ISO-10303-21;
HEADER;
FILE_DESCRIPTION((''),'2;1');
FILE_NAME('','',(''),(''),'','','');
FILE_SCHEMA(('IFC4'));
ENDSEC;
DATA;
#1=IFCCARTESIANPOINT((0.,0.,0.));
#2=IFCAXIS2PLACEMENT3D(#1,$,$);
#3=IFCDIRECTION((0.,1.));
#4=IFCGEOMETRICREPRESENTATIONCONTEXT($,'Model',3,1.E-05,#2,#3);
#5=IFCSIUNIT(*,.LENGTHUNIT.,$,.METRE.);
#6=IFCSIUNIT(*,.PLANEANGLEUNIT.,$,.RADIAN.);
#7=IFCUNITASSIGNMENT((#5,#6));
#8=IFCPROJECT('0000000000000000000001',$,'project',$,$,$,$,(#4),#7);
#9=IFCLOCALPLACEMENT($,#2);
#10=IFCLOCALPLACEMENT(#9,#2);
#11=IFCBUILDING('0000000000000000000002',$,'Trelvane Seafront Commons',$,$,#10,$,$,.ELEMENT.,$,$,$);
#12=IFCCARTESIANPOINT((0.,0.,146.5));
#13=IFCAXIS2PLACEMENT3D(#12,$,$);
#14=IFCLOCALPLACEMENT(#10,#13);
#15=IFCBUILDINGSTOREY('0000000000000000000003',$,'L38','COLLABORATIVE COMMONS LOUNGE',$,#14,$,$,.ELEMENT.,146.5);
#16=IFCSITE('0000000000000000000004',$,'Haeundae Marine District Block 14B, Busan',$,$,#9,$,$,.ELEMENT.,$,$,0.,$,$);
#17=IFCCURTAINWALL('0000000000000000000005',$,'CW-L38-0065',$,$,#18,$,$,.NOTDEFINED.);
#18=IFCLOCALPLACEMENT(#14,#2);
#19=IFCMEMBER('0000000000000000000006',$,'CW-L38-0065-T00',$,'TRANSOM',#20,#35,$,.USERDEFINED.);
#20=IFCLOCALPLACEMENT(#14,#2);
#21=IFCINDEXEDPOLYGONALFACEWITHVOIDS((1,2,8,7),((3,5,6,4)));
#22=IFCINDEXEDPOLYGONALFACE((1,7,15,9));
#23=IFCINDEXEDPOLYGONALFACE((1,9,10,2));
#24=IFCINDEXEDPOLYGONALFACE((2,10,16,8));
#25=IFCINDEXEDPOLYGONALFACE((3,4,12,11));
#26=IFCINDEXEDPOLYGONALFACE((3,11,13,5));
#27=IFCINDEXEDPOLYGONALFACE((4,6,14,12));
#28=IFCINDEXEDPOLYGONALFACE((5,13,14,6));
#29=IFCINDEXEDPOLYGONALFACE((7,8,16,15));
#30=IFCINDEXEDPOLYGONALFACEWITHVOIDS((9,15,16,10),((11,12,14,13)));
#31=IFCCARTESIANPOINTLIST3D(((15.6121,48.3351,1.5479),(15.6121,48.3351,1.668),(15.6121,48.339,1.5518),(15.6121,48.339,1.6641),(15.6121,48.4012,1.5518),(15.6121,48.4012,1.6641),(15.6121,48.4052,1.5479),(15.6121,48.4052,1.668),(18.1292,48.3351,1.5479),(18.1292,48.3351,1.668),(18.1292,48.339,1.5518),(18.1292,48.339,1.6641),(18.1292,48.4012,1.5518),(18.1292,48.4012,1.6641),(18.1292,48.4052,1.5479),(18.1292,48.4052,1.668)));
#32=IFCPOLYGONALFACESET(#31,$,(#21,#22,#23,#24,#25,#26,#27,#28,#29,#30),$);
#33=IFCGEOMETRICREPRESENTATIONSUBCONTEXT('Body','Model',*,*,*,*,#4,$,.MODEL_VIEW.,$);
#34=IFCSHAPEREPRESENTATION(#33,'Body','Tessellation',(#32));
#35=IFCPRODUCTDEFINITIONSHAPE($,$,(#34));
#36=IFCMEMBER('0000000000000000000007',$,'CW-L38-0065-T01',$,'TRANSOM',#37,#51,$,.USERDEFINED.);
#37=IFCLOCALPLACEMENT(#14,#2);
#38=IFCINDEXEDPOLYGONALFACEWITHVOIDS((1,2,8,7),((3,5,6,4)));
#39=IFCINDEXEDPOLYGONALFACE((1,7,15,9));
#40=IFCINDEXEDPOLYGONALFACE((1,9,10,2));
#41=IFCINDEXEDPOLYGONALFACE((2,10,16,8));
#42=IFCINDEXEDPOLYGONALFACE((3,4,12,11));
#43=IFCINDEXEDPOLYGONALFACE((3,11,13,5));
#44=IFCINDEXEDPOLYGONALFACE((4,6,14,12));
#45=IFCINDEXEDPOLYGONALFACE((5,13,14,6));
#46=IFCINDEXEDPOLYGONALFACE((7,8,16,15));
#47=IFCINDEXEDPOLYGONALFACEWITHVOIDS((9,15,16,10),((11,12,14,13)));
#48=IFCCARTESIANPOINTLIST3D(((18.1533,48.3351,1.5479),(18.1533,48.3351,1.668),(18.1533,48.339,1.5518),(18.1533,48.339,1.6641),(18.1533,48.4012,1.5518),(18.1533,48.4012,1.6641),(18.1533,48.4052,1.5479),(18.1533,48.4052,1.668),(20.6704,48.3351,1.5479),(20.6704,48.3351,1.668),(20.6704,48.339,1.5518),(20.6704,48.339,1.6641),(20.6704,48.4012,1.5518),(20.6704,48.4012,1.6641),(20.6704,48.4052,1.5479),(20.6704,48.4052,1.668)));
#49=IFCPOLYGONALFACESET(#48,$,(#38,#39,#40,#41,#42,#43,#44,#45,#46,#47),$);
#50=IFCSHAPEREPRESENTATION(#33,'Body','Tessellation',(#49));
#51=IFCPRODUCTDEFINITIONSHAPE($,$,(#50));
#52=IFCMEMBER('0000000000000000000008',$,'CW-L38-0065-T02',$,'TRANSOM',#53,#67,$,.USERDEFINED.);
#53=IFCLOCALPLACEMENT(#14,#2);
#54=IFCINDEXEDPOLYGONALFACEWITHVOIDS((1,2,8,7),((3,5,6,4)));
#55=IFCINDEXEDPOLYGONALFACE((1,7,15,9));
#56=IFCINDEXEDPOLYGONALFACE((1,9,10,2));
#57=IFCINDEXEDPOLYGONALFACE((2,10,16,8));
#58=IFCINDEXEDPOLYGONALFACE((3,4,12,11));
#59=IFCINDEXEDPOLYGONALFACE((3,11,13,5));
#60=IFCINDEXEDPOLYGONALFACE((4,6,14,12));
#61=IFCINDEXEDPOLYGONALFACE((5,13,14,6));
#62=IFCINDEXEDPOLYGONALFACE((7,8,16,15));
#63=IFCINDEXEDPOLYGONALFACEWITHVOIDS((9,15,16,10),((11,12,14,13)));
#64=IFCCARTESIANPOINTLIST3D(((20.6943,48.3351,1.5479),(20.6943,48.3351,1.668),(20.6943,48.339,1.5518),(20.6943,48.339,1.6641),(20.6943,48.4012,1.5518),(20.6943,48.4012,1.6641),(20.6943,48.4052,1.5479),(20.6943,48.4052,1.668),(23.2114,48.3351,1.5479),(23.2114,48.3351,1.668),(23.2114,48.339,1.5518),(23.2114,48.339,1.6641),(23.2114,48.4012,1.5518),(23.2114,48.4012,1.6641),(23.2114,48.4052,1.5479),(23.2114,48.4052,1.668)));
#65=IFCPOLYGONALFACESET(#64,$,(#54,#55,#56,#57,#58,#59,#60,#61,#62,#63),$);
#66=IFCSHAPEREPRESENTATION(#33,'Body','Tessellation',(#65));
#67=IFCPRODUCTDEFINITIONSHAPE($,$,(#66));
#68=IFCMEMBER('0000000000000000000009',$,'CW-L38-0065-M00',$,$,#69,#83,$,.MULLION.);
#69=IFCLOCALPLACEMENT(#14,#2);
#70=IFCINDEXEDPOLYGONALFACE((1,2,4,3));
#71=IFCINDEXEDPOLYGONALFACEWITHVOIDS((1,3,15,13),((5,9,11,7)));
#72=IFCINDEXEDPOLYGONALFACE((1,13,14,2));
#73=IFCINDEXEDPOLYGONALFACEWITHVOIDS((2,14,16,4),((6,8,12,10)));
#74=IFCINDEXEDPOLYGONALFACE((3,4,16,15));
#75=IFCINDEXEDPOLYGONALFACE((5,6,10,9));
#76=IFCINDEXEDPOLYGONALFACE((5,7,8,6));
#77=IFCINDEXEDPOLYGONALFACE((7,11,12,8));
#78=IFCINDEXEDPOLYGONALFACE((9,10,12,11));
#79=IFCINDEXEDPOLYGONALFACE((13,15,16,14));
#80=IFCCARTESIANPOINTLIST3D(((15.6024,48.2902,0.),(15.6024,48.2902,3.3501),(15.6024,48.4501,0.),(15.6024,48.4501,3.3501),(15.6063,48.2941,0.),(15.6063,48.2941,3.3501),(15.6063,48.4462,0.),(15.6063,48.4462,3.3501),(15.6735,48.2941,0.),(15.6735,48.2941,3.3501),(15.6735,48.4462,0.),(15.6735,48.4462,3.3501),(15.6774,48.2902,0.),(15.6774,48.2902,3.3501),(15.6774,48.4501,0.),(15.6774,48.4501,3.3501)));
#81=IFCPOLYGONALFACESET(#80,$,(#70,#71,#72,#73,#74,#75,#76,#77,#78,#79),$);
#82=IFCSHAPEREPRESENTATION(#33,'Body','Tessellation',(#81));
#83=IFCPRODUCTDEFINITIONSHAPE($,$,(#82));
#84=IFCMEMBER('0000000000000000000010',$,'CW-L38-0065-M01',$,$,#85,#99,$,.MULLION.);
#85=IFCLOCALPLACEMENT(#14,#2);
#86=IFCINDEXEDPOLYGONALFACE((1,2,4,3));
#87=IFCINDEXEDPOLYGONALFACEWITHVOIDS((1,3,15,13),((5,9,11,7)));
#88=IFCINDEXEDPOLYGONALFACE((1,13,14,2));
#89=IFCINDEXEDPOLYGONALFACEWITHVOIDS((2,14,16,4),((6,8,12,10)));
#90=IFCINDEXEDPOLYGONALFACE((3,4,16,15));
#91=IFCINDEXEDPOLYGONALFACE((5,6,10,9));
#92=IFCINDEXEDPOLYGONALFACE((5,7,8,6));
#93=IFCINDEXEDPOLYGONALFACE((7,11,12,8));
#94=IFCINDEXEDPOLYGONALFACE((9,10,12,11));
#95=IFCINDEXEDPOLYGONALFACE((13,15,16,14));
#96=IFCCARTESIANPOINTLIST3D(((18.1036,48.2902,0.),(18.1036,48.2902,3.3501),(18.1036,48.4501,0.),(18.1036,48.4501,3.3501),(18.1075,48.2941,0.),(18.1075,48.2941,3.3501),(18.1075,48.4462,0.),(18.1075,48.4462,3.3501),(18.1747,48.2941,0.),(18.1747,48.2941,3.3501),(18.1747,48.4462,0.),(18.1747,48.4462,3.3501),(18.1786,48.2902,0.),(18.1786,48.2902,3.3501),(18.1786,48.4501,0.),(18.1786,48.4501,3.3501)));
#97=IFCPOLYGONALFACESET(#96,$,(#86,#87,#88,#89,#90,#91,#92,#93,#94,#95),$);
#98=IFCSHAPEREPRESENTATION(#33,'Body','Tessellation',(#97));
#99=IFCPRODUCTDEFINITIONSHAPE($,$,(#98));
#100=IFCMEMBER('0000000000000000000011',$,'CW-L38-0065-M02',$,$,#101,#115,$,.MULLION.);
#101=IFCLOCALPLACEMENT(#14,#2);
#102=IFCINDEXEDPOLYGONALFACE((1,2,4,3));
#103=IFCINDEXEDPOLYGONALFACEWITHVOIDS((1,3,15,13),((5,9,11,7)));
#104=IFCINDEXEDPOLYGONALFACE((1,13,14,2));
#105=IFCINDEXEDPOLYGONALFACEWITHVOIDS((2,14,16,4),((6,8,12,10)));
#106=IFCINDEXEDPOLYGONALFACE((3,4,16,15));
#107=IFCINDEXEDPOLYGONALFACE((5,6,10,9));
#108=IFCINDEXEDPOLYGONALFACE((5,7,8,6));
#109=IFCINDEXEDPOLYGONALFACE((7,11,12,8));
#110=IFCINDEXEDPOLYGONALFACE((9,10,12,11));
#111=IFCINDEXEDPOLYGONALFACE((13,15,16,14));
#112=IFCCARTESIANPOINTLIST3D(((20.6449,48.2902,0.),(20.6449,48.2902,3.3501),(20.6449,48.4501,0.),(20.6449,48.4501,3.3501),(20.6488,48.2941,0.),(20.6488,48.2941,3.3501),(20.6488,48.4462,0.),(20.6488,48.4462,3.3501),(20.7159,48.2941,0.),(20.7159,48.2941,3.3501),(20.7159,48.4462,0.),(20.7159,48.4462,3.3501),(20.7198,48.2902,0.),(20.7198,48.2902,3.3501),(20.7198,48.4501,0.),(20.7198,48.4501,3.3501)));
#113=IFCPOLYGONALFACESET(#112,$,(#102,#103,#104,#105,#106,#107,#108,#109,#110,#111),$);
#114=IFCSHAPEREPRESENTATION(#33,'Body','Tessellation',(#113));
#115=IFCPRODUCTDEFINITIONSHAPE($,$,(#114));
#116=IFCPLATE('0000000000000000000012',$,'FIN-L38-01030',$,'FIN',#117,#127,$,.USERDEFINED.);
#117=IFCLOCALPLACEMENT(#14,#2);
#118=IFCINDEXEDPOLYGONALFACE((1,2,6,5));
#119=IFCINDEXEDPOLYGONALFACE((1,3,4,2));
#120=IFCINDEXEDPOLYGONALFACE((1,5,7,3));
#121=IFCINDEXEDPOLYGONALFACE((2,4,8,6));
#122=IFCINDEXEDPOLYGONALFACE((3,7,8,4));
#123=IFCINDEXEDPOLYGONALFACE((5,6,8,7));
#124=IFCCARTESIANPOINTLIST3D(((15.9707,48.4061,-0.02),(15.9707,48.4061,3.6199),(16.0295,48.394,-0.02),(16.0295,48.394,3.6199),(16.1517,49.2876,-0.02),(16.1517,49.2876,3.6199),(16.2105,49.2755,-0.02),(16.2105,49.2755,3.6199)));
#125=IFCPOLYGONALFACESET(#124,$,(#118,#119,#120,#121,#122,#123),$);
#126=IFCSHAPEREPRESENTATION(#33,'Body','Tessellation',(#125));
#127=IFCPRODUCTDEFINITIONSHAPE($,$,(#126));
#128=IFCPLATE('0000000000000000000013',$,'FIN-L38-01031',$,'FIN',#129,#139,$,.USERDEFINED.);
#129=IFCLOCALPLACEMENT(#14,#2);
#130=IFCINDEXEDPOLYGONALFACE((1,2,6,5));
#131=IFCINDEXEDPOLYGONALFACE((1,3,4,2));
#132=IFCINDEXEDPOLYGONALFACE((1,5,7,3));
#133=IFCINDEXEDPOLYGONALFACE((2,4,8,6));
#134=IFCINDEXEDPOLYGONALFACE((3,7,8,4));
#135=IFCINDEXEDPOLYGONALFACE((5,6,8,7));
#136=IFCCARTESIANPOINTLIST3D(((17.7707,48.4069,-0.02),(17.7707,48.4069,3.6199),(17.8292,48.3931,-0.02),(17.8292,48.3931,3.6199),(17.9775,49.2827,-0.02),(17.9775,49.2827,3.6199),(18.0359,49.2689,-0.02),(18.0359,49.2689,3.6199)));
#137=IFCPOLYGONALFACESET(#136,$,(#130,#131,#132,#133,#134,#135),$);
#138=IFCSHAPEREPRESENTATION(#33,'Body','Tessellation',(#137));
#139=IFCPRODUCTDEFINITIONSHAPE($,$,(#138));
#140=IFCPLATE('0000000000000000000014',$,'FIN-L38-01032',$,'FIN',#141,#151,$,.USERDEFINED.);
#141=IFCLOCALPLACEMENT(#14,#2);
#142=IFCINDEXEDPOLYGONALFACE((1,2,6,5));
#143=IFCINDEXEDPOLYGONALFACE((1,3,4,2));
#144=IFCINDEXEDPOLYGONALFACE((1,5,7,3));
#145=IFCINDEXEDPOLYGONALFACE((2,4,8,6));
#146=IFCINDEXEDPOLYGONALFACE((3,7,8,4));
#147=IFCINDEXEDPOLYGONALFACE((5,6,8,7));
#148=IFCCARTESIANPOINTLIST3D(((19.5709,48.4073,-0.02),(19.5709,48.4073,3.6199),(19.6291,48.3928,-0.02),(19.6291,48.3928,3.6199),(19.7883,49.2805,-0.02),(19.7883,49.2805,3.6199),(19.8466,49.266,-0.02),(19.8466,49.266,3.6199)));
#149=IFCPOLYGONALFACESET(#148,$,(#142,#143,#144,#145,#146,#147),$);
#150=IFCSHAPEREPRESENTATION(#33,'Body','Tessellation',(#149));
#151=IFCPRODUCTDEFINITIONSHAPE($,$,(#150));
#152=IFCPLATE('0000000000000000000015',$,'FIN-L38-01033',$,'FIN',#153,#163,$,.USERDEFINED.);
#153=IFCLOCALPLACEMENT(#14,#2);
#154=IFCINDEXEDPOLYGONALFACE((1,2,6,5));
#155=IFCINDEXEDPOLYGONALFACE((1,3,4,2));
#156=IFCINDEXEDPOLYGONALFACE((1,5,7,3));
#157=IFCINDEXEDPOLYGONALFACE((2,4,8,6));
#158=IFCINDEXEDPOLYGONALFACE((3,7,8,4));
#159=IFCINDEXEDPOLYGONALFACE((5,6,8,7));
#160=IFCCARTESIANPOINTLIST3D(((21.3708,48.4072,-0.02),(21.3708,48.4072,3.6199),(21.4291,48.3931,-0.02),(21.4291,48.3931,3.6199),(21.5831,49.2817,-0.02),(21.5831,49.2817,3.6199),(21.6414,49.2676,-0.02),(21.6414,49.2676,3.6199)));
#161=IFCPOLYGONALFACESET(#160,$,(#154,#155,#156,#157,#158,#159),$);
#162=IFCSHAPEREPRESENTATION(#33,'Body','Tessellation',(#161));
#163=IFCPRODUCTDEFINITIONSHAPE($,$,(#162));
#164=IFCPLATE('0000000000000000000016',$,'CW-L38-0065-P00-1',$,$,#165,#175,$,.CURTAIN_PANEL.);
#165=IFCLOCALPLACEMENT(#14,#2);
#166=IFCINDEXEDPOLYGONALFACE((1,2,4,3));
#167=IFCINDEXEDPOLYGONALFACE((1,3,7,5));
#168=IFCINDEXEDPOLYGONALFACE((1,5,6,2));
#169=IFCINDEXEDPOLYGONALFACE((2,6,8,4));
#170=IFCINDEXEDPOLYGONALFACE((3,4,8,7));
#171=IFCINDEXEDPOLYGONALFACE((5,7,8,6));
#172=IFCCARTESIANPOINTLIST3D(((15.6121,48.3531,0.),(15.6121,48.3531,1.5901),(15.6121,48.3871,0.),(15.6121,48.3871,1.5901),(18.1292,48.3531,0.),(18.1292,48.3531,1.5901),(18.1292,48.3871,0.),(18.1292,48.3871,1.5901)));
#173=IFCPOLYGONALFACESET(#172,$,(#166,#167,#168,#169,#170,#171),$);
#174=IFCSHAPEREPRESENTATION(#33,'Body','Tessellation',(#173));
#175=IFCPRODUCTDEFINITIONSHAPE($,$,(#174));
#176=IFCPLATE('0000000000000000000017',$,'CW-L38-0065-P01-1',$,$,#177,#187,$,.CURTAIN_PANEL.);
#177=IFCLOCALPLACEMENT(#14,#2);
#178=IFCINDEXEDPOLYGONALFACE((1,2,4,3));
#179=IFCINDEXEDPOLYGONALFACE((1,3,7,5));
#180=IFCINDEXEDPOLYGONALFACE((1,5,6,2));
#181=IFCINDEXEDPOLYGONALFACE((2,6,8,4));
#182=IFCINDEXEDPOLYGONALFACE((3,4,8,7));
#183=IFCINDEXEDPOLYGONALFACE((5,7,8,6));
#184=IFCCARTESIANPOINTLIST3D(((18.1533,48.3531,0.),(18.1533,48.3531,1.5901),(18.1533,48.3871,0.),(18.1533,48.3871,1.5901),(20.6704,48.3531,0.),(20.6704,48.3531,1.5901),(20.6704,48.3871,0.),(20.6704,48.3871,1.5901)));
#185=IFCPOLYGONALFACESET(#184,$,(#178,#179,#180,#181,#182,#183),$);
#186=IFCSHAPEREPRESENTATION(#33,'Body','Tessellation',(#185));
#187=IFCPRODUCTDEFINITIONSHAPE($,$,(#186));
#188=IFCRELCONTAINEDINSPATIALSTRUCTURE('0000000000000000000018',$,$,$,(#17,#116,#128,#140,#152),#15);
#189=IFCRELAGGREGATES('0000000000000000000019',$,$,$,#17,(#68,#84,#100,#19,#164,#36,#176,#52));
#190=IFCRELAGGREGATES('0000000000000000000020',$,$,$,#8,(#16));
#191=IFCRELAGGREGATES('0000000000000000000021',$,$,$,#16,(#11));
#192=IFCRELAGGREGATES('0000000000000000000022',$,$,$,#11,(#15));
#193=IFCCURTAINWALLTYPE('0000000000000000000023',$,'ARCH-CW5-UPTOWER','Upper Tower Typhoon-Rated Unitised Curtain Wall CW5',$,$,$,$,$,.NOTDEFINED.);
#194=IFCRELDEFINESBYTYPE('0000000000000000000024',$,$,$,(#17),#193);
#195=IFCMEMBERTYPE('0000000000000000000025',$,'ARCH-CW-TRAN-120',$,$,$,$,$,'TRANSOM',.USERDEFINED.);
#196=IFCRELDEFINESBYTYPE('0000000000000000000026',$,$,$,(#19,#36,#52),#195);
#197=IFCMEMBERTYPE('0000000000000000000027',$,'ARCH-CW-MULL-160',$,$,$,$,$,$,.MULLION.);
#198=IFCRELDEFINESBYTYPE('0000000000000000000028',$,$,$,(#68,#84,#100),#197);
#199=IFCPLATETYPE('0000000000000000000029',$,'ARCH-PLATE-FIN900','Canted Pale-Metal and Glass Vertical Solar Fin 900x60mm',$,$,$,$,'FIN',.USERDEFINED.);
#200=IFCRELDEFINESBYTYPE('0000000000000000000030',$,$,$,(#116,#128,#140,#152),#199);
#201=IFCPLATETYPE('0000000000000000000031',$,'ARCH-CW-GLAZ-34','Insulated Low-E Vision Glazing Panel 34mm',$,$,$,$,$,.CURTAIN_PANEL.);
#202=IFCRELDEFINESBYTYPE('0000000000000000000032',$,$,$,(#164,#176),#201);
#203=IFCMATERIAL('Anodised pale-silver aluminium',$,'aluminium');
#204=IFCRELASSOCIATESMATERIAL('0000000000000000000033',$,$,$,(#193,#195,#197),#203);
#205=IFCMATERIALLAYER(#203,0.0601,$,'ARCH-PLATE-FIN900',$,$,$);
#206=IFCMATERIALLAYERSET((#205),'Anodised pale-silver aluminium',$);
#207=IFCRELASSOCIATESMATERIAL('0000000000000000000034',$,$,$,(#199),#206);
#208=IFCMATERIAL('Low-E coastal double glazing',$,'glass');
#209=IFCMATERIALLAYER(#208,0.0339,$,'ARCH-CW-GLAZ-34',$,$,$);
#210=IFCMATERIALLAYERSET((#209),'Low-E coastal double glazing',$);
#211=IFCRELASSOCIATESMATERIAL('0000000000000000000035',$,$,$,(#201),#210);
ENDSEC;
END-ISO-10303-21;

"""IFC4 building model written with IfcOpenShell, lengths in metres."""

from ifc_helpers import new_model, si_unit, direction, frame, origin, origin_2d, place, context, subcontext, project, spatial, rectangle, hollow_rectangle, extrude, source, transform, mapped, material, layer, layer_set, material_profile, profile_set, type_object, element, aggregate, save


model = new_model("IFC4")

# Units and contexts
model_context = context("Model", 3, precision=1e-05, world=origin(), true_north=direction((0.0, 1.0)))
body_context = subcontext(model_context, "Body", "Model", "MODEL_VIEW")
ifc_project = project(units=[si_unit("LENGTHUNIT", "METRE"), si_unit("PLANEANGLEUNIT", "RADIAN")], contexts=[model_context])

# Site, building, storey
site_placement = place(None, origin())
site = spatial("IfcSite", under=ifc_project, at=site_placement, Name="Haeundae Marine District Block 14B, Busan", CompositionType="ELEMENT", RefElevation=0.0)
building_placement = place(site_placement, origin())
building = spatial("IfcBuilding", under=site, at=building_placement, Name="Trelvane Seafront Commons", CompositionType="ELEMENT")
storey_placement = place(building_placement, frame((0.0, 0.0, 146.5)))
storey = spatial("IfcBuildingStorey", under=building, at=storey_placement, Name="L38", Description="COLLABORATIVE COMMONS LOUNGE", CompositionType="ELEMENT", Elevation=146.5)

# Curtain wall, members
ifc_material_1 = material(Name="Anodised pale-silver aluminium", Category="aluminium")
curtain_wall_type = type_object("IfcCurtainWallType", Name="ARCH-CW5-UPTOWER", Description="Upper Tower Typhoon-Rated Unitised Curtain Wall CW5", PredefinedType="NOTDEFINED", material=ifc_material_1)
curtain_wall_placement = place(storey_placement, origin())
curtain_wall = element("IfcCurtainWall", 1, at=curtain_wall_placement, inside=storey, type_object=curtain_wall_type, Name="CW-L38-0065", PredefinedType="NOTDEFINED")
ifc_material_profile_1 = material_profile(ifc_material_1, hollow_rectangle(XDim=0.0701, YDim=0.1201, WallThickness=0.0039, at=origin_2d()), Name="TRAN-70x120x4")
ifc_profile_set_1 = profile_set([ifc_material_profile_1], Name="Anodised pale-silver aluminium")
member_type_1 = type_object("IfcMemberType", Name="ARCH-CW-TRAN-120", ElementType="TRANSOM", PredefinedType="USERDEFINED", material=ifc_profile_set_1)
shared_shape_1 = source(origin(), body_context, "Body", "SweptSolid", [
    extrude(hollow_rectangle(XDim=0.0701, YDim=0.1201, WallThickness=0.0039, at=origin_2d()), origin(), (0.0, 0.0, 1.0), 2.5171),
])
member_1_placement = place(storey_placement, frame((15.6121, 48.3701, 1.6079), z_axis=(1.0, 0.0, 0.0), x_axis=(0.0, 1.0, 0.0)))
member_1 = element("IfcMember", 2, at=member_1_placement, type_object=member_type_1, Name="CW-L38-0065-T00", ObjectType="TRANSOM", PredefinedType="USERDEFINED", context=body_context, shape_type="MappedRepresentation", body=[
    mapped(shared_shape_1, transform((0.0, 0.0, 0.0), x_axis=(1.0, 0.0, 0.0), y_axis=(0.0, 1.0, 0.0), z_axis=(0.0, 0.0, 1.0), scale=1.0)),
])
member_2_placement = place(storey_placement, frame((18.1533, 48.3701, 1.6079), z_axis=(1.0, 0.0, 0.0), x_axis=(0.0, 1.0, 0.0)))
member_2 = element("IfcMember", 3, at=member_2_placement, type_object=member_type_1, Name="CW-L38-0065-T01", ObjectType="TRANSOM", PredefinedType="USERDEFINED", context=body_context, shape_type="MappedRepresentation", body=[
    mapped(shared_shape_1, transform((0.0, 0.0, 0.0), x_axis=(1.0, 0.0, 0.0), y_axis=(0.0, 1.0, 0.0), z_axis=(0.0, 0.0, 1.0), scale=1.0)),
])
member_3_placement = place(storey_placement, frame((20.6943, 48.3701, 1.6079), z_axis=(1.0, 0.0, 0.0), x_axis=(0.0, 1.0, 0.0)))
member_3 = element("IfcMember", 4, at=member_3_placement, type_object=member_type_1, Name="CW-L38-0065-T02", ObjectType="TRANSOM", PredefinedType="USERDEFINED", context=body_context, shape_type="MappedRepresentation", body=[
    mapped(shared_shape_1, transform((0.0, 0.0, 0.0), x_axis=(1.0, 0.0, 0.0), y_axis=(0.0, 1.0, 0.0), z_axis=(0.0, 0.0, 1.0), scale=1.0)),
])
ifc_material_profile_2 = material_profile(ifc_material_1, hollow_rectangle(XDim=0.075, YDim=0.1599, WallThickness=0.0039, at=origin_2d()), Name="MULL-75x160x4")
ifc_profile_set_2 = profile_set([ifc_material_profile_2], Name="Anodised pale-silver aluminium")
member_type_2 = type_object("IfcMemberType", Name="ARCH-CW-MULL-160", PredefinedType="MULLION", material=ifc_profile_set_2)
shared_shape_2 = source(origin(), body_context, "Body", "SweptSolid", [
    extrude(hollow_rectangle(XDim=0.075, YDim=0.1599, WallThickness=0.0039, at=origin_2d()), origin(), (0.0, 0.0, 1.0), 3.3501),
])
member_4_placement = place(storey_placement, frame((15.6399, 48.3701, 0.0), z_axis=(0.0, 0.0, 1.0), x_axis=(1.0, 0.0, 0.0)))
member_4 = element("IfcMember", 5, at=member_4_placement, type_object=member_type_2, Name="CW-L38-0065-M00", PredefinedType="MULLION", context=body_context, shape_type="MappedRepresentation", body=[
    mapped(shared_shape_2, transform((0.0, 0.0, 0.0), x_axis=(1.0, 0.0, 0.0), y_axis=(0.0, 1.0, 0.0), z_axis=(0.0, 0.0, 1.0), scale=1.0)),
])
member_5_placement = place(storey_placement, frame((18.1411, 48.3701, 0.0), z_axis=(0.0, 0.0, 1.0), x_axis=(1.0, 0.0, 0.0)))
member_5 = element("IfcMember", 6, at=member_5_placement, type_object=member_type_2, Name="CW-L38-0065-M01", PredefinedType="MULLION", context=body_context, shape_type="MappedRepresentation", body=[
    mapped(shared_shape_2, transform((0.0, 0.0, 0.0), x_axis=(1.0, 0.0, 0.0), y_axis=(0.0, 1.0, 0.0), z_axis=(0.0, 0.0, 1.0), scale=1.0)),
])
member_6_placement = place(storey_placement, frame((20.6824, 48.3701, 0.0), z_axis=(0.0, 0.0, 1.0), x_axis=(1.0, 0.0, 0.0)))
member_6 = element("IfcMember", 7, at=member_6_placement, type_object=member_type_2, Name="CW-L38-0065-M02", PredefinedType="MULLION", context=body_context, shape_type="MappedRepresentation", body=[
    mapped(shared_shape_2, transform((0.0, 0.0, 0.0), x_axis=(1.0, 0.0, 0.0), y_axis=(0.0, 1.0, 0.0), z_axis=(0.0, 0.0, 1.0), scale=1.0)),
])

# Plates
ifc_layer_1 = layer(ifc_material_1, 0.0601, Name="ARCH-PLATE-FIN900")
ifc_layer_set_1 = layer_set([ifc_layer_1], Name="Anodised pale-silver aluminium")
plate_type_1 = type_object("IfcPlateType", Name="ARCH-PLATE-FIN900", Description="Canted Pale-Metal and Glass Vertical Solar Fin 900x60mm", ElementType="FIN", PredefinedType="USERDEFINED", material=ifc_layer_set_1)
shared_shape_3 = source(origin(), body_context, "Body", "SweptSolid", [
    extrude(rectangle(XDim=0.8999, YDim=0.0601, at=origin_2d()), origin(), (0.0, 0.0, 1.0), 3.6399),
])
for number, where, z_axis, x_axis, name in (
    (8, (16.0906, 48.8408, -0.02), (0.0, 0.0, 1.0), (0.201114, 0.979568, 0.0), "FIN-L38-01030"),
    (9, (17.9033, 48.8379, -0.02), (0.0, 0.0, 1.0), (0.229783, 0.973242, 0.0), "FIN-L38-01031"),
    (10, (19.7087, 48.8367, -0.02), (0.0, 0.0, 1.0), (0.241673, 0.970358, 0.0), "FIN-L38-01032"),
    (11, (21.5061, 48.8374, -0.02), (0.0, 0.0, 1.0), (0.23589, 0.97178, 0.0), "FIN-L38-01033"),
):
    element("IfcPlate", number, at=place(storey_placement, frame(where, z_axis=z_axis, x_axis=x_axis)), inside=storey, type_object=plate_type_1, Name=name, ObjectType="FIN", PredefinedType="USERDEFINED", context=body_context, shape_type="MappedRepresentation", body=[
        mapped(shared_shape_3, transform((0.0, 0.0, 0.0), x_axis=(1.0, 0.0, 0.0), y_axis=(0.0, 1.0, 0.0), z_axis=(0.0, 0.0, 1.0), scale=1.0)),
    ])

# Plates
ifc_material_2 = material(Name="Low-E coastal double glazing", Category="glass")
ifc_layer_2 = layer(ifc_material_2, 0.0339, Name="ARCH-CW-GLAZ-34")
ifc_layer_set_2 = layer_set([ifc_layer_2], Name="Low-E coastal double glazing")
plate_type_2 = type_object("IfcPlateType", Name="ARCH-CW-GLAZ-34", Description="Insulated Low-E Vision Glazing Panel 34mm", PredefinedType="CURTAIN_PANEL", material=ifc_layer_set_2)
shared_shape_4 = source(origin(), body_context, "Body", "SweptSolid", [
    extrude(rectangle(XDim=2.5171, YDim=0.0339, at=origin_2d()), origin(), (0.0, 0.0, 1.0), 1.5901),
])
plate_1_placement = place(storey_placement, frame((16.8706, 48.3701, 0.0), z_axis=(0.0, 0.0, 1.0), x_axis=(1.0, 0.0, 0.0)))
plate_1 = element("IfcPlate", 12, at=plate_1_placement, type_object=plate_type_2, Name="CW-L38-0065-P00-1", PredefinedType="CURTAIN_PANEL", context=body_context, shape_type="MappedRepresentation", body=[
    mapped(shared_shape_4, transform((0.0, 0.0, 0.0), x_axis=(1.0, 0.0, 0.0), y_axis=(0.0, 1.0, 0.0), z_axis=(0.0, 0.0, 1.0), scale=1.0)),
])
plate_2_placement = place(storey_placement, frame((19.4119, 48.3701, 0.0), z_axis=(0.0, 0.0, 1.0), x_axis=(1.0, 0.0, 0.0)))
plate_2 = element("IfcPlate", 13, at=plate_2_placement, type_object=plate_type_2, Name="CW-L38-0065-P01-1", PredefinedType="CURTAIN_PANEL", context=body_context, shape_type="MappedRepresentation", body=[
    mapped(shared_shape_4, transform((0.0, 0.0, 0.0), x_axis=(1.0, 0.0, 0.0), y_axis=(0.0, 1.0, 0.0), z_axis=(0.0, 0.0, 1.0), scale=1.0)),
])
aggregate(curtain_wall, [member_4, member_5, member_6, member_1, plate_1, member_2, plate_2, member_3])

save(model, "model.ifc")
